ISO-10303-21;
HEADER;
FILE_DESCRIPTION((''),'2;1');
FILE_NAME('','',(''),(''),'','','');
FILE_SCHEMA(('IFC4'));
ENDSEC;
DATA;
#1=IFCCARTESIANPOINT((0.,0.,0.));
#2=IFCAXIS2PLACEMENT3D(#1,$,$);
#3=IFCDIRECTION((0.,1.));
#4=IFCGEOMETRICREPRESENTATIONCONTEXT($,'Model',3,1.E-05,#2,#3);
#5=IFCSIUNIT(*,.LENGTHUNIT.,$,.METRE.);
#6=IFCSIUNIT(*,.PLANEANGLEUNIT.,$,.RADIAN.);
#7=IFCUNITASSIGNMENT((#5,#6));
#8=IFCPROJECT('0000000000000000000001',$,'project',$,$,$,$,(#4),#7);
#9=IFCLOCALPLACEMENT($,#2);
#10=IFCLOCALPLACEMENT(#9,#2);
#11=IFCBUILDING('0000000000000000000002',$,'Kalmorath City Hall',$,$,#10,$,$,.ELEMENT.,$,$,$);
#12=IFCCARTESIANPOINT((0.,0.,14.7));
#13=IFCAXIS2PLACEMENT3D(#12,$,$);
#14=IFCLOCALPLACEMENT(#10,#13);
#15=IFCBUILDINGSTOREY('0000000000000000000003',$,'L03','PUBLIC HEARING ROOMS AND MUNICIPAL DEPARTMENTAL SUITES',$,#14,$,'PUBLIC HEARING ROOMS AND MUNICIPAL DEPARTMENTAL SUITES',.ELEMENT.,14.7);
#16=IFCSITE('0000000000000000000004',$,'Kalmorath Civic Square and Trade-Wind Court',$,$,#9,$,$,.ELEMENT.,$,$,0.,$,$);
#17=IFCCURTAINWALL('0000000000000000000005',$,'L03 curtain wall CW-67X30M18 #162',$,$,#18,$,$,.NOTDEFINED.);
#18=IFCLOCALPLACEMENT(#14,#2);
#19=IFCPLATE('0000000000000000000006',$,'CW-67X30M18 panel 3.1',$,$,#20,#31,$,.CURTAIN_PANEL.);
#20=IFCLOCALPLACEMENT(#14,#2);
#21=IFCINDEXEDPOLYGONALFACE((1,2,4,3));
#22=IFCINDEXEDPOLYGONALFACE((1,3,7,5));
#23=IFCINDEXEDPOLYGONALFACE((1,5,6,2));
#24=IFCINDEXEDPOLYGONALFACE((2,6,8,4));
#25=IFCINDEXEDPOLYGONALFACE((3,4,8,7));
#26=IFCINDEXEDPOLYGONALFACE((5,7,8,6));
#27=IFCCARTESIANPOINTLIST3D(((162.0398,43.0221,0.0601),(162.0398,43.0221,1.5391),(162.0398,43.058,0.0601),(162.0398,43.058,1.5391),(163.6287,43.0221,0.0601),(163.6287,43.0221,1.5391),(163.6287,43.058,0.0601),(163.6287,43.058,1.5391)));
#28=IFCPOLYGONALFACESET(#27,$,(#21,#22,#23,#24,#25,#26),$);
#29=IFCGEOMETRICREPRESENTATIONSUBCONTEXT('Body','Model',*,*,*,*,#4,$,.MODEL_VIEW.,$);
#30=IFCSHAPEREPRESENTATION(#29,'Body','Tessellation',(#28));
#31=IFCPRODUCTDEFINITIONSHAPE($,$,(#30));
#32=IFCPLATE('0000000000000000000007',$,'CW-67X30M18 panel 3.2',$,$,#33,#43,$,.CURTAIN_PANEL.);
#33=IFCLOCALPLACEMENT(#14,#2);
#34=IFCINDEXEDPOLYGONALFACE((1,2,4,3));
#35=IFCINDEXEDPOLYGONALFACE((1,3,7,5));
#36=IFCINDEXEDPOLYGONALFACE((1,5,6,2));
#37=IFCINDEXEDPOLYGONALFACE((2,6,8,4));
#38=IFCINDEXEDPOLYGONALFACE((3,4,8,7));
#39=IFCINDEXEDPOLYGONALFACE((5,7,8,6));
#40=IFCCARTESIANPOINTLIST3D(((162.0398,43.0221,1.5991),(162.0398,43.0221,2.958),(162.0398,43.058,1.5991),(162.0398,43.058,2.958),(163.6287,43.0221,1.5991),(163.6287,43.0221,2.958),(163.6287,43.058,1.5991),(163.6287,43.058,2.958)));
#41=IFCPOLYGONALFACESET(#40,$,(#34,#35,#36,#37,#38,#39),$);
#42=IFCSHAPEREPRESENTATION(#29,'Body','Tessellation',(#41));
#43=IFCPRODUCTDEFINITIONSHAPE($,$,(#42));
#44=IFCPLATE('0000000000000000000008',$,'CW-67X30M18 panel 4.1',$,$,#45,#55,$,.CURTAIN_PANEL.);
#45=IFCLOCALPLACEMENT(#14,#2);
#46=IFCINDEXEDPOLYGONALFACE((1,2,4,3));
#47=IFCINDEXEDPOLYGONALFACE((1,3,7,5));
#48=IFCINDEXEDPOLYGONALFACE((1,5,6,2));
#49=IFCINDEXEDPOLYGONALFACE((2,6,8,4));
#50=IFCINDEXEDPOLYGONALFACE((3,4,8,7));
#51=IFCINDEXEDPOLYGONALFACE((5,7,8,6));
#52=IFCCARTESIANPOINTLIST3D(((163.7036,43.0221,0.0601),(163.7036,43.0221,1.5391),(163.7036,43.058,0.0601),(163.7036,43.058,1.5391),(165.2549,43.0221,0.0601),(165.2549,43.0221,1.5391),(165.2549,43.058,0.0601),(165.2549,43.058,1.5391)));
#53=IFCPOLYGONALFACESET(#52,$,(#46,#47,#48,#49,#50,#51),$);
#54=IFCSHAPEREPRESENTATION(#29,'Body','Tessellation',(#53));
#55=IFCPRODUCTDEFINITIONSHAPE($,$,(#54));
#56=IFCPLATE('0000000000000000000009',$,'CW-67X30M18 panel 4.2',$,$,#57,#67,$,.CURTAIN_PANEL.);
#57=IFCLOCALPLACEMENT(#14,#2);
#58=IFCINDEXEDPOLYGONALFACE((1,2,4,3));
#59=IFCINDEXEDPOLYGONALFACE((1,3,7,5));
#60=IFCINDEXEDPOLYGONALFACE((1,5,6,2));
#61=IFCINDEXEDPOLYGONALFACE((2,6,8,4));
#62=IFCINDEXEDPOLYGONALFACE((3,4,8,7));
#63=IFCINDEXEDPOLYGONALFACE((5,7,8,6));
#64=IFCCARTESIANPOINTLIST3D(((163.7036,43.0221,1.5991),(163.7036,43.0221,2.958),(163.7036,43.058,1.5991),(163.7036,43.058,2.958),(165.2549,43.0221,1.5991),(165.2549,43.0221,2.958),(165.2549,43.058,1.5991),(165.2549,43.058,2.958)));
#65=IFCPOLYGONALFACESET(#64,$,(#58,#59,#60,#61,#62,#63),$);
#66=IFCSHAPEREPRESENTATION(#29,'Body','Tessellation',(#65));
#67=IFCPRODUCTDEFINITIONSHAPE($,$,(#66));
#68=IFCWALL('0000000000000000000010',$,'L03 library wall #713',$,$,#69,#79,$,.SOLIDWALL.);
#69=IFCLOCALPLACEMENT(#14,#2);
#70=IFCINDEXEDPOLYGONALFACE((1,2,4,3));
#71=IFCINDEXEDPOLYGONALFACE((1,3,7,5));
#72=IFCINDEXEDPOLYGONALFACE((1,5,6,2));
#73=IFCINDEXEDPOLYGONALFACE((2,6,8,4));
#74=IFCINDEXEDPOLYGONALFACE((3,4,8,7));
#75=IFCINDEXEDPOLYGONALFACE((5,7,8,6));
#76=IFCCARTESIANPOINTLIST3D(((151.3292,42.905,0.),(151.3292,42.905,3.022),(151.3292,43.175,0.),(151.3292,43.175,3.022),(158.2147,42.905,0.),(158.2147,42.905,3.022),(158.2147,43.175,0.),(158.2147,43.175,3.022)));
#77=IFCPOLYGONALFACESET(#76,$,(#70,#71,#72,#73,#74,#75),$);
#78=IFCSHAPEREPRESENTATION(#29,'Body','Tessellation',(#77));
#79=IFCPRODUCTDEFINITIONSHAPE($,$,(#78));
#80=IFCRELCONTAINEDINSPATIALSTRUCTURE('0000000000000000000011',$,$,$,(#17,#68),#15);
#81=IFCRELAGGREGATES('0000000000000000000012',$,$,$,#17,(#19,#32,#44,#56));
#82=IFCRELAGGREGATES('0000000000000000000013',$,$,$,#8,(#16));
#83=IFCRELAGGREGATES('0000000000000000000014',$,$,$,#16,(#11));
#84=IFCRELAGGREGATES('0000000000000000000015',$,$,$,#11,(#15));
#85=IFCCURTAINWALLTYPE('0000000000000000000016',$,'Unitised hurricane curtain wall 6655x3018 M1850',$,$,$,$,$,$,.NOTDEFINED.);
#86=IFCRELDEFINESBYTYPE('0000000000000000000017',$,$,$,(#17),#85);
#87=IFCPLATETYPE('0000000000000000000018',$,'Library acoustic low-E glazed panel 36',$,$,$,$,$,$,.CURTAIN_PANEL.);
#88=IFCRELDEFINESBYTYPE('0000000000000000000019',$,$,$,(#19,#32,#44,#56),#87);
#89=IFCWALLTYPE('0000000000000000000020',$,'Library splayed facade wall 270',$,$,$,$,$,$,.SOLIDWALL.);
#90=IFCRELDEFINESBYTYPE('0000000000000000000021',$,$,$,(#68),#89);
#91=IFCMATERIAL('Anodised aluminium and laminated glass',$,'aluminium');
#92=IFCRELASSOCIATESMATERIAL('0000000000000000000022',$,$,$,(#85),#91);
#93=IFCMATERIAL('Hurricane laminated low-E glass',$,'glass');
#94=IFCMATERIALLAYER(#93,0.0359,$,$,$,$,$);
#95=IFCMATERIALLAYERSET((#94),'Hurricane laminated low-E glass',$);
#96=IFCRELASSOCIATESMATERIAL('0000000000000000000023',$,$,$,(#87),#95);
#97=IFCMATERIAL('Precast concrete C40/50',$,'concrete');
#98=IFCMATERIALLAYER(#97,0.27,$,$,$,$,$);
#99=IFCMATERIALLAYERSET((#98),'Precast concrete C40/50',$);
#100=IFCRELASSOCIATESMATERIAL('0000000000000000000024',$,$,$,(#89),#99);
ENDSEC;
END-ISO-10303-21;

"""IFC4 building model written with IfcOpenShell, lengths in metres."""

from ifc_helpers import new_model, si_unit, direction, frame, frame_2d, origin, origin_2d, place, context, subcontext, project, spatial, rectangle, extrude, material, layer, layer_set, type_object, element, aggregate, save


model = new_model("IFC4")

# Units and contexts
model_context = context("Model", 3, precision=1e-05, world=origin(), true_north=direction((0.0, 1.0)))
body_context = subcontext(model_context, "Body", "Model", "MODEL_VIEW")
ifc_project = project(units=[si_unit("LENGTHUNIT", "METRE"), si_unit("PLANEANGLEUNIT", "RADIAN")], contexts=[model_context])

# Site, building, storey
site_placement = place(None, origin())
site = spatial("IfcSite", under=ifc_project, at=site_placement, Name="Kalmorath Civic Square and Trade-Wind Court", CompositionType="ELEMENT", RefElevation=0.0)
building_placement = place(site_placement, origin())
building = spatial("IfcBuilding", under=site, at=building_placement, Name="Kalmorath City Hall", CompositionType="ELEMENT")
storey_placement = place(building_placement, frame((0.0, 0.0, 14.7)))
storey = spatial("IfcBuildingStorey", under=building, at=storey_placement, Name="L03", Description="PUBLIC HEARING ROOMS AND MUNICIPAL DEPARTMENTAL SUITES", LongName="PUBLIC HEARING ROOMS AND MUNICIPAL DEPARTMENTAL SUITES", CompositionType="ELEMENT", Elevation=14.7)

# Curtain wall, plates
ifc_material_1 = material(Name="Anodised aluminium and laminated glass", Category="aluminium")
curtain_wall_type = type_object("IfcCurtainWallType", Name="Unitised hurricane curtain wall 6655x3018 M1850", PredefinedType="NOTDEFINED", material=ifc_material_1)
curtain_wall_placement = place(storey_placement, origin())
curtain_wall = element("IfcCurtainWall", 1, at=curtain_wall_placement, inside=storey, type_object=curtain_wall_type, Name="L03 curtain wall CW-67X30M18 #162", PredefinedType="NOTDEFINED")
ifc_material_2 = material(Name="Hurricane laminated low-E glass", Category="glass")
ifc_layer_1 = layer(ifc_material_2, 0.0359)
ifc_layer_set_1 = layer_set([ifc_layer_1], Name="Hurricane laminated low-E glass")
plate_type = type_object("IfcPlateType", Name="Library acoustic low-E glazed panel 36", PredefinedType="CURTAIN_PANEL", material=ifc_layer_set_1)
plate_1_placement = place(storey_placement, frame((162.8342, 43.04, 0.0601), z_axis=(0.0, 0.0, 1.0), x_axis=(1.0, 0.0, 0.0)))
plate_1 = element("IfcPlate", 2, at=plate_1_placement, type_object=plate_type, Name="CW-67X30M18 panel 3.1", PredefinedType="CURTAIN_PANEL", context=body_context, shape_type="SweptSolid", body=[
    extrude(rectangle(XDim=1.5889, YDim=0.0359, at=origin_2d()), origin(), (0.0, 0.0, 1.0), 1.479),
])
plate_2_placement = place(storey_placement, frame((162.8342, 43.04, 1.5991), z_axis=(0.0, 0.0, 1.0), x_axis=(1.0, 0.0, 0.0)))
plate_2 = element("IfcPlate", 3, at=plate_2_placement, type_object=plate_type, Name="CW-67X30M18 panel 3.2", PredefinedType="CURTAIN_PANEL", context=body_context, shape_type="SweptSolid", body=[
    extrude(rectangle(XDim=1.5889, YDim=0.0359, at=origin_2d()), origin(), (0.0, 0.0, 1.0), 1.3589),
])
plate_3_placement = place(storey_placement, frame((164.4792, 43.04, 0.0601), z_axis=(0.0, 0.0, 1.0), x_axis=(1.0, 0.0, 0.0)))
plate_3 = element("IfcPlate", 4, at=plate_3_placement, type_object=plate_type, Name="CW-67X30M18 panel 4.1", PredefinedType="CURTAIN_PANEL", context=body_context, shape_type="SweptSolid", body=[
    extrude(rectangle(XDim=1.5513, YDim=0.0359, at=origin_2d()), origin(), (0.0, 0.0, 1.0), 1.479),
])
plate_4_placement = place(storey_placement, frame((164.4792, 43.04, 1.5991), z_axis=(0.0, 0.0, 1.0), x_axis=(1.0, 0.0, 0.0)))
plate_4 = element("IfcPlate", 5, at=plate_4_placement, type_object=plate_type, Name="CW-67X30M18 panel 4.2", PredefinedType="CURTAIN_PANEL", context=body_context, shape_type="SweptSolid", body=[
    extrude(rectangle(XDim=1.5513, YDim=0.0359, at=origin_2d()), origin(), (0.0, 0.0, 1.0), 1.3589),
])
aggregate(curtain_wall, [plate_1, plate_2, plate_3, plate_4])

# Wall
ifc_material_3 = material(Name="Precast concrete C40/50", Category="concrete")
ifc_layer_2 = layer(ifc_material_3, 0.27)
ifc_layer_set_2 = layer_set([ifc_layer_2], Name="Precast concrete C40/50")
wall_type = type_object("IfcWallType", Name="Library splayed facade wall 270", PredefinedType="SOLIDWALL", material=ifc_layer_set_2)
wall_placement = place(storey_placement, frame((151.3291, 43.04, 0.0), z_axis=(0.0, 0.0, 1.0), x_axis=(1.0, 0.0, 0.0)))
element("IfcWall", 6, at=wall_placement, inside=storey, type_object=wall_type, Name="L03 library wall #713", PredefinedType="SOLIDWALL", context=body_context, shape_type="SweptSolid", body=[
    extrude(rectangle(XDim=6.8855, YDim=0.27, at=frame_2d((3.4429, 0.0))), origin(), (0.0, 0.0, 1.0), 3.022),
])

save(model, "model.ifc")
